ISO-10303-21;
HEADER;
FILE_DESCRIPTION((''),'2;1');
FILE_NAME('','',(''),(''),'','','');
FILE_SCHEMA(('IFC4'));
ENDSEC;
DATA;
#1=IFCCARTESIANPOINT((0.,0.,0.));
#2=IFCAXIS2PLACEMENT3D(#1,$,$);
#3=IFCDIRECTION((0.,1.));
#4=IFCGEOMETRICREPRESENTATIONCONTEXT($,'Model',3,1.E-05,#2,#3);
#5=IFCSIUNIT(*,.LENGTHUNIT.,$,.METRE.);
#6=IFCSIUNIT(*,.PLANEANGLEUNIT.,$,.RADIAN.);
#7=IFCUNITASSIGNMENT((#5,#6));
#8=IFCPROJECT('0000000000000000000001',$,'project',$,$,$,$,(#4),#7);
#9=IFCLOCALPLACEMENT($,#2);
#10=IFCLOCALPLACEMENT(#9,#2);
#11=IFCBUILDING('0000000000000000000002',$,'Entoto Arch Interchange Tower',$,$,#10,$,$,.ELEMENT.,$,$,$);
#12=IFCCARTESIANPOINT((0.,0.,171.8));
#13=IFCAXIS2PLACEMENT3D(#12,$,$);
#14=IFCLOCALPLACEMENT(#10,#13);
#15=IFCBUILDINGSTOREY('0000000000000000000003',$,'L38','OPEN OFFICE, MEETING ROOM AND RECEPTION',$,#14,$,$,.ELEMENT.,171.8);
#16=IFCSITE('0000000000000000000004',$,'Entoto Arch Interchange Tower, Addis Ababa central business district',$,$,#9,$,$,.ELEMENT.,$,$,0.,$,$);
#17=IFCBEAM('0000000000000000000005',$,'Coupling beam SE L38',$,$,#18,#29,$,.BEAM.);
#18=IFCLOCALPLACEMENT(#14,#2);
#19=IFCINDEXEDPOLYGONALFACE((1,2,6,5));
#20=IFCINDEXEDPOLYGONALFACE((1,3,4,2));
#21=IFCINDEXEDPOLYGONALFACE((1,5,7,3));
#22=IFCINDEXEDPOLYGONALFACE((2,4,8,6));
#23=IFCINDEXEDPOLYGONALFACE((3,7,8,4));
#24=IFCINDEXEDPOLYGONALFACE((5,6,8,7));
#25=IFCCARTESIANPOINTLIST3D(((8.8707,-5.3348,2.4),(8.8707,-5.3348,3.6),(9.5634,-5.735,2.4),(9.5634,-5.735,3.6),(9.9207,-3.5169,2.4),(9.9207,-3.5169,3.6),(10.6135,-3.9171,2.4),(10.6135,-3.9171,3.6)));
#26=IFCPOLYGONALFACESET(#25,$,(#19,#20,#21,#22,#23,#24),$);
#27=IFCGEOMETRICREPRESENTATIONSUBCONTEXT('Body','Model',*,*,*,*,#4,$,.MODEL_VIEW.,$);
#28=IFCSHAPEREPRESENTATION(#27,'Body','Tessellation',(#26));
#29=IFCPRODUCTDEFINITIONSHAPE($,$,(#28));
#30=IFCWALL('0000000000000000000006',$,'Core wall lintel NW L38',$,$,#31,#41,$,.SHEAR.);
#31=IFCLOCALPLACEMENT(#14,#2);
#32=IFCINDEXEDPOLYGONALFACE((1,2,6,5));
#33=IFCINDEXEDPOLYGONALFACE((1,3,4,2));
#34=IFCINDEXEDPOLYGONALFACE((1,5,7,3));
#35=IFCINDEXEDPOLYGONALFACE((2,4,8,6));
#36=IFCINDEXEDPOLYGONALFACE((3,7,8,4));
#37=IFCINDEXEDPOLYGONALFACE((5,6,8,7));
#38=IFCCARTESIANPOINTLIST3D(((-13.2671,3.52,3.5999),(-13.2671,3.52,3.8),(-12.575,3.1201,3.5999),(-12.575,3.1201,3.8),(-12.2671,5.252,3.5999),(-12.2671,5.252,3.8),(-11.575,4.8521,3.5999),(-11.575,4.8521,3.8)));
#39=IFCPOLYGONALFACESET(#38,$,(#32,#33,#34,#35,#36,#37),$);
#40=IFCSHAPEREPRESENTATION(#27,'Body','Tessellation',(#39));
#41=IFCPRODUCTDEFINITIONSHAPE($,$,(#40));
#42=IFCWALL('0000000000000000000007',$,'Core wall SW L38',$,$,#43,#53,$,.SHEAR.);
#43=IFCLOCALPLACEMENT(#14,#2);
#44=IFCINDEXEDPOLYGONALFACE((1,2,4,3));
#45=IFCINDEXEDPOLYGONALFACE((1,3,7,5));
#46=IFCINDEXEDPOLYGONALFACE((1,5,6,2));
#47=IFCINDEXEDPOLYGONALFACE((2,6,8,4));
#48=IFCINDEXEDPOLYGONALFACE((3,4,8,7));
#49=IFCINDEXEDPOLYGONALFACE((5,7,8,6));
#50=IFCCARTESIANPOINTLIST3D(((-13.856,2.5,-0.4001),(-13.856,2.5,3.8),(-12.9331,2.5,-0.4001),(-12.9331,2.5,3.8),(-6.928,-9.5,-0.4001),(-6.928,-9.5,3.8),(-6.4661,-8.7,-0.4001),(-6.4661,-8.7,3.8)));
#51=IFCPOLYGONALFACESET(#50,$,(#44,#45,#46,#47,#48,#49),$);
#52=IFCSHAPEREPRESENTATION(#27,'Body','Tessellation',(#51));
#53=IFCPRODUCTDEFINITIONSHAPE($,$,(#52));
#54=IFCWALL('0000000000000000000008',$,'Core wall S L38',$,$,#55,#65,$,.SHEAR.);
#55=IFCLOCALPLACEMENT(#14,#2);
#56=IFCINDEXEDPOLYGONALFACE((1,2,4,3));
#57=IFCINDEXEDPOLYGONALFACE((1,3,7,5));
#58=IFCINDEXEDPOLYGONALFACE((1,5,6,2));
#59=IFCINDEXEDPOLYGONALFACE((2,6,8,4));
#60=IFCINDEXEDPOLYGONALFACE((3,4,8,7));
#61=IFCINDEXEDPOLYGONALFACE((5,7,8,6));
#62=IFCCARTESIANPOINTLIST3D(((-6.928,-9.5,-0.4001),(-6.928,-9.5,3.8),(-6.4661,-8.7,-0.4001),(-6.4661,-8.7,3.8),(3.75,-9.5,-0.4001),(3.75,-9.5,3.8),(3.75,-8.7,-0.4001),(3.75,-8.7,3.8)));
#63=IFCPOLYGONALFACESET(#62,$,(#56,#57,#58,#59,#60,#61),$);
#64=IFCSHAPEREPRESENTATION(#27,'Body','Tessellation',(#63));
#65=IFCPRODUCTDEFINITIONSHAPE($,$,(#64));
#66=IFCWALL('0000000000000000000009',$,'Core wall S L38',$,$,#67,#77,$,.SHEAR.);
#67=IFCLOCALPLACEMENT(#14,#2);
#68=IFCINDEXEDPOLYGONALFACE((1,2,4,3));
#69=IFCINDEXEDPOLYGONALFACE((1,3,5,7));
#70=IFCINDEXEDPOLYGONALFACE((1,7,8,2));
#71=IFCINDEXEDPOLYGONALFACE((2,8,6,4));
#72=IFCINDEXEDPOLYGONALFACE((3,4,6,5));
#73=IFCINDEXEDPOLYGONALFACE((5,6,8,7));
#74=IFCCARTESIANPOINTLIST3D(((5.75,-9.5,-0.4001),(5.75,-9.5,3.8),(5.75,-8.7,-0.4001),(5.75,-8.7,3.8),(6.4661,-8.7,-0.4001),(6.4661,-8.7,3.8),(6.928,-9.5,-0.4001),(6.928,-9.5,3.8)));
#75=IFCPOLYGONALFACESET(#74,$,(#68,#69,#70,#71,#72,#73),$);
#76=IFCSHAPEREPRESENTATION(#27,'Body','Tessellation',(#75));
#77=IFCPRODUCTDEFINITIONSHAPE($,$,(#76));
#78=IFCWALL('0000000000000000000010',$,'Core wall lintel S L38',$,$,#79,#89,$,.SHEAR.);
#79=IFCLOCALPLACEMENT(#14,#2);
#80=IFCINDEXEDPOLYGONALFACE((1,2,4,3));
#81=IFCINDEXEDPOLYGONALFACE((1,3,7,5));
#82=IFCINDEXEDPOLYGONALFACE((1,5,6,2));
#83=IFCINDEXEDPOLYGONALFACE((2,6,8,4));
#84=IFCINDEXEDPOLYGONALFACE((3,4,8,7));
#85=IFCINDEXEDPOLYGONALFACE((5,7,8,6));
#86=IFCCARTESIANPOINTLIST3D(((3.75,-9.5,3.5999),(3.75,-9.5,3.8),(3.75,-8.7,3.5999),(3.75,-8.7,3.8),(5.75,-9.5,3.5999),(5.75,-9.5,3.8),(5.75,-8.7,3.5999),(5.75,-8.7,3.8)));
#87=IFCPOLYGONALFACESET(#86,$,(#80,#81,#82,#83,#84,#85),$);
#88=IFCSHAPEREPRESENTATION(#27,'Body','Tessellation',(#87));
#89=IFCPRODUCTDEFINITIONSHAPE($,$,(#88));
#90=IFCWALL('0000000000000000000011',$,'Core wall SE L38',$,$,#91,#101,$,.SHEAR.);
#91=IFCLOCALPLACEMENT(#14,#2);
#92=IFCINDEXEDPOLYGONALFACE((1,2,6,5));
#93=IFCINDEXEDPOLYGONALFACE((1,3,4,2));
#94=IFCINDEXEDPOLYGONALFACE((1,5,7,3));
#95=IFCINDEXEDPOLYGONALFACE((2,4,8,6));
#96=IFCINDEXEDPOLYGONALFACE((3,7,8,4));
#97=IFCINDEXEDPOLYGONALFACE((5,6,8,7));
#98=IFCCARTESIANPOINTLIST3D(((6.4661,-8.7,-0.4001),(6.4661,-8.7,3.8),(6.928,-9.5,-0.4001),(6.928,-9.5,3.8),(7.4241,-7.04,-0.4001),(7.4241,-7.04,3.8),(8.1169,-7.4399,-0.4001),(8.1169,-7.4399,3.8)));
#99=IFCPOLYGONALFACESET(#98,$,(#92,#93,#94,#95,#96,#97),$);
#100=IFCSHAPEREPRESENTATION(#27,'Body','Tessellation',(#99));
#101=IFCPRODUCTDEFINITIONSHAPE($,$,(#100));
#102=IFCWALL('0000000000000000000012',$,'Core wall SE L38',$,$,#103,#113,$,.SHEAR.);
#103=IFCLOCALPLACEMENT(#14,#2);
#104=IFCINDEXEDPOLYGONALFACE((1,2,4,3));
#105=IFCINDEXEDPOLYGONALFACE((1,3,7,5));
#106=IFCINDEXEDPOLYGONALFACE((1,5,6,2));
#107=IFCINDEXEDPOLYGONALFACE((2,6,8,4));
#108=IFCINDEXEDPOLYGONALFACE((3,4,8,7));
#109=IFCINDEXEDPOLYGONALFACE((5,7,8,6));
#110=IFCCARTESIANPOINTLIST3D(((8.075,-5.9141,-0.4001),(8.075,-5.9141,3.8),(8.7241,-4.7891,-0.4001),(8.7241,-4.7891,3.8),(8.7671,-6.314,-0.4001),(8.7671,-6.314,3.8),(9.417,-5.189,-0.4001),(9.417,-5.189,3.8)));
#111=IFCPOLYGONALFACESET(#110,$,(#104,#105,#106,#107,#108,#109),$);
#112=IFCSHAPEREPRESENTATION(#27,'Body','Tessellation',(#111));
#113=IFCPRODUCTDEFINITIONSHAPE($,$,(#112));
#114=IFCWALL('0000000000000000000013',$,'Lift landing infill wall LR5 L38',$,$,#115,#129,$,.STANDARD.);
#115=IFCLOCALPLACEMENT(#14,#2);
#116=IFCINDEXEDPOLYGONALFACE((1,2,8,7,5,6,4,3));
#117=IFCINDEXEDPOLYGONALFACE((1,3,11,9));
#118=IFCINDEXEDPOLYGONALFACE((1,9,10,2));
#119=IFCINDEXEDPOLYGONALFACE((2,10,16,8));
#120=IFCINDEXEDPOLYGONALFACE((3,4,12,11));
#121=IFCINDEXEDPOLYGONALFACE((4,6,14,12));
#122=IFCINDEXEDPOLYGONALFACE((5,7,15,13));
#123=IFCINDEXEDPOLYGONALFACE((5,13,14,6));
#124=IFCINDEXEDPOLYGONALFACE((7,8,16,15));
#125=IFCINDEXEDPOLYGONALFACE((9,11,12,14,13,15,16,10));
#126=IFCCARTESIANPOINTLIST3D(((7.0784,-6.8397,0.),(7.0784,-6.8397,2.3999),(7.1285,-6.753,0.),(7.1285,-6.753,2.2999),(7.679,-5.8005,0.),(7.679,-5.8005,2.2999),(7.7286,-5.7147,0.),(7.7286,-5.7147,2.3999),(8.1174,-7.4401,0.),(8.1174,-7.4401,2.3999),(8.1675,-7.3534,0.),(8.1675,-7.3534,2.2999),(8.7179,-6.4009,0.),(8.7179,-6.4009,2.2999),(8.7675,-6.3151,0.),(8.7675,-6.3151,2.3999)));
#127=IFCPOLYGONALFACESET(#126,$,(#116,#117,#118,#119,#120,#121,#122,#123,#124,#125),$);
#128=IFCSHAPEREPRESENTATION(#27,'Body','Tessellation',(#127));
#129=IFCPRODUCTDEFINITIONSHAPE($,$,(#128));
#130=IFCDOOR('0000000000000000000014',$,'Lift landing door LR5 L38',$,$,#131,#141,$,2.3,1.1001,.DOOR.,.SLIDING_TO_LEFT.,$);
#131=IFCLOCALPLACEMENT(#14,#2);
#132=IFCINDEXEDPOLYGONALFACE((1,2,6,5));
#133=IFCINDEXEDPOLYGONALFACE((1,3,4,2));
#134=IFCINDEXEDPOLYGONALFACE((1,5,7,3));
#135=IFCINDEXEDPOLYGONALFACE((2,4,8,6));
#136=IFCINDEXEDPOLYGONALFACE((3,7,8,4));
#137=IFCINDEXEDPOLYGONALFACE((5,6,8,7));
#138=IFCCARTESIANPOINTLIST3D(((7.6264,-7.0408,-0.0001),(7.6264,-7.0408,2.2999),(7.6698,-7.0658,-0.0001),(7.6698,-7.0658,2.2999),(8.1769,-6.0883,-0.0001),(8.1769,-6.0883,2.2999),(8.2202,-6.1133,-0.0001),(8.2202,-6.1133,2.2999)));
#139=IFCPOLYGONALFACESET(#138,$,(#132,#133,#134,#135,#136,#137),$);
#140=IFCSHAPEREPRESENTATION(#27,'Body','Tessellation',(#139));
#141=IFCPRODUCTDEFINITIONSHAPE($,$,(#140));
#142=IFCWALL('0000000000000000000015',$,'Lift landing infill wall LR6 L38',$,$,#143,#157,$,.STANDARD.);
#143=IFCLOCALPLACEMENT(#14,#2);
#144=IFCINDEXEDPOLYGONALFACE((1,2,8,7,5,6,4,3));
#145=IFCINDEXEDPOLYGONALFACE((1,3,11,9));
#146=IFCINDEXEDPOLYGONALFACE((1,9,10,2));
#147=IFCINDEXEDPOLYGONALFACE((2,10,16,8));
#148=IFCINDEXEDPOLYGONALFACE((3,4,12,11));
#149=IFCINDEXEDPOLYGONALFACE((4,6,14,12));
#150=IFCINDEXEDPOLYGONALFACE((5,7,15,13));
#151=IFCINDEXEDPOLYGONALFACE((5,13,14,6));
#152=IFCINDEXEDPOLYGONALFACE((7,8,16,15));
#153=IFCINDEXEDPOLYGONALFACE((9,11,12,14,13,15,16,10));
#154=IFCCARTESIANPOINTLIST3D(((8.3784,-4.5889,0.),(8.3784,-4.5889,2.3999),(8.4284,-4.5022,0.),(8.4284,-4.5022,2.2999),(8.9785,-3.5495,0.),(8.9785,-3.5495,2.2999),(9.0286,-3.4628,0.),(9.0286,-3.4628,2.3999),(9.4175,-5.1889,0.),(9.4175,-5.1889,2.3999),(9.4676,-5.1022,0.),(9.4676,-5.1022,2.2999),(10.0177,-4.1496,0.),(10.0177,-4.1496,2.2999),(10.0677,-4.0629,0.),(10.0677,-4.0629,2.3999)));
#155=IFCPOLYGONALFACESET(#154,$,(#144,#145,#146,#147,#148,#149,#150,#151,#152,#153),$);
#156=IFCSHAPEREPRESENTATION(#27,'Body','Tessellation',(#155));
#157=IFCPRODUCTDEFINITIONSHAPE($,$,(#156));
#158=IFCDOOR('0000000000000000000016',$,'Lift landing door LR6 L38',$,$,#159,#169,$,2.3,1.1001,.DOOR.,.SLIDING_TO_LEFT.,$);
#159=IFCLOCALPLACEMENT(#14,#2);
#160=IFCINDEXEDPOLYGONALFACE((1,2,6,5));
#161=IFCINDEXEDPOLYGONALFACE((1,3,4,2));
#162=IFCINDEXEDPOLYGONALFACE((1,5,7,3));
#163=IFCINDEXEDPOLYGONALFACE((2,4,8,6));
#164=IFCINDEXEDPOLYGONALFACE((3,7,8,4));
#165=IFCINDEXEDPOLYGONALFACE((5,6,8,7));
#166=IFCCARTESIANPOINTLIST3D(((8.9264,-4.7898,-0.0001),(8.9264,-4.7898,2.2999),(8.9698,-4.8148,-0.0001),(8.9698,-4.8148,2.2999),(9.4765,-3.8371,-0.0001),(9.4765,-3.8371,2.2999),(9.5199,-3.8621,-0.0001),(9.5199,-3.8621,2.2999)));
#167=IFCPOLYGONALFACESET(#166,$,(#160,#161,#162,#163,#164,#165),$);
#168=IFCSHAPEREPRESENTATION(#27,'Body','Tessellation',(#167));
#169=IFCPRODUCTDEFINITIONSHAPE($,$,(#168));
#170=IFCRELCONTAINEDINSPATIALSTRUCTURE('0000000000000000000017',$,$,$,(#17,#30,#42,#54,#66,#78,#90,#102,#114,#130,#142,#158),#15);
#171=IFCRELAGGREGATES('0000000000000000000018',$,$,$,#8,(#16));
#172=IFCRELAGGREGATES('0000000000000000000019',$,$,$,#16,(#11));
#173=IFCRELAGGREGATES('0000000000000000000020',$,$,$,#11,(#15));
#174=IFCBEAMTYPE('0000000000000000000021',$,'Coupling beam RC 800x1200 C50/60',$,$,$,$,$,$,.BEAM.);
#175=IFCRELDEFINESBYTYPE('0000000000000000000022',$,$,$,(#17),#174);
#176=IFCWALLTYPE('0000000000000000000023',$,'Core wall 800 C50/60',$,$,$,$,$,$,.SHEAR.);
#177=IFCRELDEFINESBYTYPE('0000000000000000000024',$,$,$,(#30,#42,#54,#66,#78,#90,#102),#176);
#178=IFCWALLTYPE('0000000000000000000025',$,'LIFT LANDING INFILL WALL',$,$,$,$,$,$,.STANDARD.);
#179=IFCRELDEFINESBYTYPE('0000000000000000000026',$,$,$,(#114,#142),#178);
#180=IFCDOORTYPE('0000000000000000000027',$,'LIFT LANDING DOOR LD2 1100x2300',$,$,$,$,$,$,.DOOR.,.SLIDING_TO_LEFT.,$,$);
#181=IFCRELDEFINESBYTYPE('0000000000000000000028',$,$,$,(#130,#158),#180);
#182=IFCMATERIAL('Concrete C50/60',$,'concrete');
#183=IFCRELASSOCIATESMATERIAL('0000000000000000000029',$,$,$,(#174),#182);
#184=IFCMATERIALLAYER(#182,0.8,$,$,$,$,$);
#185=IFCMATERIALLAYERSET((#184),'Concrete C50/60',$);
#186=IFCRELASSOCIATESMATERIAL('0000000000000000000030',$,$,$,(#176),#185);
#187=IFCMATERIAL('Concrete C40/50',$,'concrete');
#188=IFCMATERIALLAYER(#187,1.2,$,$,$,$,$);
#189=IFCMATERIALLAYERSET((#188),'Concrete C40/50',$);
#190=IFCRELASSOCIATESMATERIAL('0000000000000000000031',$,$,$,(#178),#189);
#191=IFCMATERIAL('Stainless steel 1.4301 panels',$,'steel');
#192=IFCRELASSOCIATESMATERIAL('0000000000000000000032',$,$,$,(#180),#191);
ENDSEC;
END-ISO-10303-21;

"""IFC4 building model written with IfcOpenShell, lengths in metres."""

from ifc_helpers import new_model, si_unit, direction, frame, frame_2d, origin, origin_2d, place, context, subcontext, project, spatial, polyline, rectangle, outline, extrude, material, layer, layer_set, material_profile, profile_set, type_object, element, fill, save


model = new_model("IFC4")

# Units and contexts
model_context = context("Model", 3, precision=1e-05, world=origin(), true_north=direction((0.0, 1.0)))
body_context = subcontext(model_context, "Body", "Model", "MODEL_VIEW")
ifc_project = project(units=[si_unit("LENGTHUNIT", "METRE"), si_unit("PLANEANGLEUNIT", "RADIAN")], contexts=[model_context])

# Site, building, storey
site_placement = place(None, origin())
site = spatial("IfcSite", under=ifc_project, at=site_placement, Name="Entoto Arch Interchange Tower, Addis Ababa central business district", CompositionType="ELEMENT", RefElevation=0.0)
building_placement = place(site_placement, origin())
building = spatial("IfcBuilding", under=site, at=building_placement, Name="Entoto Arch Interchange Tower", CompositionType="ELEMENT")
storey_placement = place(building_placement, frame((0.0, 0.0, 171.8)))
storey = spatial("IfcBuildingStorey", under=building, at=storey_placement, Name="L38", Description="OPEN OFFICE, MEETING ROOM AND RECEPTION", CompositionType="ELEMENT", Elevation=171.8)

# Beam
ifc_material_1 = material(Name="Concrete C50/60", Category="concrete")
ifc_material_profile = material_profile(ifc_material_1, rectangle(XDim=0.8, YDim=1.2, at=origin_2d()))
ifc_profile_set = profile_set([ifc_material_profile], Name="Concrete C50/60")
beam_type = type_object("IfcBeamType", Name="Coupling beam RC 800x1200 C50/60", PredefinedType="BEAM", material=ifc_profile_set)
beam_placement = place(storey_placement, frame((9.217, -5.5349, 3.0), z_axis=(0.500179, 0.865922, 0.0), x_axis=(-0.865922, 0.500179, 0.0)))
element("IfcBeam", 1, at=beam_placement, inside=storey, type_object=beam_type, Name="Coupling beam SE L38", PredefinedType="BEAM", context=body_context, shape_type="SweptSolid", body=[
    extrude(rectangle(XDim=0.8, YDim=1.2, at=origin_2d()), origin(), (0.0, 0.0, 1.0), 2.0994),
])

# Walls
ifc_layer_1 = layer(ifc_material_1, 0.8)
ifc_layer_set_1 = layer_set([ifc_layer_1], Name="Concrete C50/60")
wall_type_1 = type_object("IfcWallType", Name="Core wall 800 C50/60", PredefinedType="SHEAR", material=ifc_layer_set_1)
wall_1_placement = place(storey_placement, frame((0.0, 0.0, 3.5999)))
element("IfcWall", 2, at=wall_1_placement, inside=storey, type_object=wall_type_1, Name="Core wall lintel NW L38", PredefinedType="SHEAR", context=body_context, shape_type="SweptSolid", body=[
    extrude(outline(polyline([(-13.2671, 3.52), (-12.575, 3.1201), (-11.575, 4.8521), (-12.2671, 5.252), (-13.2671, 3.52)])), origin(), (0.0, 0.0, 1.0), 0.2002),
])
wall_2_placement = place(storey_placement, frame((0.0, 0.0, -0.4001)))
element("IfcWall", 3, at=wall_2_placement, inside=storey, type_object=wall_type_1, Name="Core wall SW L38", PredefinedType="SHEAR", context=body_context, shape_type="SweptSolid", body=[
    extrude(outline(polyline([(-13.856, 2.5), (-6.928, -9.5), (-6.4661, -8.7), (-12.9331, 2.5), (-13.856, 2.5)])), origin(), (0.0, 0.0, 1.0), 4.2002),
])
wall_3_placement = place(storey_placement, frame((0.0, 0.0, -0.4001)))
element("IfcWall", 4, at=wall_3_placement, inside=storey, type_object=wall_type_1, Name="Core wall S L38", PredefinedType="SHEAR", context=body_context, shape_type="SweptSolid", body=[
    extrude(outline(polyline([(3.75, -9.5), (3.75, -8.7), (-6.4661, -8.7), (-6.928, -9.5), (3.75, -9.5)])), origin(), (0.0, 0.0, 1.0), 4.2002),
])
wall_4_placement = place(storey_placement, frame((0.0, 0.0, -0.4001)))
element("IfcWall", 5, at=wall_4_placement, inside=storey, type_object=wall_type_1, Name="Core wall S L38", PredefinedType="SHEAR", context=body_context, shape_type="SweptSolid", body=[
    extrude(outline(polyline([(5.75, -8.7), (5.75, -9.5), (6.928, -9.5), (6.4661, -8.7), (5.75, -8.7)])), origin(), (0.0, 0.0, 1.0), 4.2002),
])
wall_5_placement = place(storey_placement, frame((0.0, 0.0, 3.5999)))
element("IfcWall", 6, at=wall_5_placement, inside=storey, type_object=wall_type_1, Name="Core wall lintel S L38", PredefinedType="SHEAR", context=body_context, shape_type="SweptSolid", body=[
    extrude(outline(polyline([(5.75, -9.5), (5.75, -8.7), (3.75, -8.7), (3.75, -9.5), (5.75, -9.5)])), origin(), (0.0, 0.0, 1.0), 0.2002),
])
wall_6_placement = place(storey_placement, frame((0.0, 0.0, -0.4001)))
element("IfcWall", 7, at=wall_6_placement, inside=storey, type_object=wall_type_1, Name="Core wall SE L38", PredefinedType="SHEAR", context=body_context, shape_type="SweptSolid", body=[
    extrude(outline(polyline([(8.1169, -7.4399), (7.4241, -7.04), (6.4661, -8.7), (6.928, -9.5), (8.1169, -7.4399)])), origin(), (0.0, 0.0, 1.0), 4.2002),
])
wall_7_placement = place(storey_placement, frame((0.0, 0.0, -0.4001)))
element("IfcWall", 8, at=wall_7_placement, inside=storey, type_object=wall_type_1, Name="Core wall SE L38", PredefinedType="SHEAR", context=body_context, shape_type="SweptSolid", body=[
    extrude(outline(polyline([(9.417, -5.189), (8.7241, -4.7891), (8.075, -5.9141), (8.7671, -6.314), (9.417, -5.189)])), origin(), (0.0, 0.0, 1.0), 4.2002),
])

# Walls, openings, doors
ifc_material_2 = material(Name="Concrete C40/50", Category="concrete")
ifc_layer_2 = layer(ifc_material_2, 1.2)
ifc_layer_set_2 = layer_set([ifc_layer_2], Name="Concrete C40/50")
wall_type_2 = type_object("IfcWallType", Name="LIFT LANDING INFILL WALL", PredefinedType="STANDARD", material=ifc_layer_set_2)
wall_8_placement = place(storey_placement, frame((7.5979, -7.1399, 0.0), z_axis=(0.0, 0.0, 1.0), x_axis=(0.500362, 0.865816, 0.0)))
wall_8 = element("IfcWall", 9, at=wall_8_placement, inside=storey, type_object=wall_type_2, Name="Lift landing infill wall LR5 L38", PredefinedType="STANDARD", context=body_context, shape_type="SweptSolid", body=[
    extrude(rectangle(XDim=1.2993, YDim=1.2, at=frame_2d((0.6497, 0.0))), origin(), (0.0, 0.0, 1.0), 2.3999),
])
opening_1_placement = place(wall_8_placement, frame((0.1001, 0.0, 0.0)))
opening_1 = element("IfcOpeningElement", 10, at=opening_1_placement, cuts=wall_8, PredefinedType="OPENING", context=body_context, shape_type="SweptSolid", body=[
    extrude(rectangle(XDim=1.1001, YDim=2.3, at=frame_2d((0.55, 1.1499))), frame((0.0, 0.6099, 0.0), z_axis=(0.0, -1.0, 0.0), x_axis=(1.0, 0.0, 0.0)), (0.0, 0.0, 1.0), 1.22),
])
ifc_material_3 = material(Name="Stainless steel 1.4301 panels", Category="steel")
door_type_1 = type_object("IfcDoorType", Name="LIFT LANDING DOOR LD2 1100x2300", OperationType="SLIDING_TO_LEFT", PredefinedType="DOOR", material=ifc_material_3)
door_1_placement = place(opening_1_placement, origin())
door_1 = element("IfcDoor", 11, at=door_1_placement, inside=storey, type_object=door_type_1, Name="Lift landing door LR5 L38", OperationType="SLIDING_TO_LEFT", OverallHeight=2.3, OverallWidth=1.1001, PredefinedType="DOOR", context=body_context, shape_type="SweptSolid", body=[
    extrude(rectangle(XDim=1.1001, YDim=2.3, at=frame_2d((0.55, 1.1499))), frame((0.0, 0.0249, 0.0), z_axis=(0.0, -1.0, 0.0), x_axis=(1.0, 0.0, 0.0)), (0.0, 0.0, 1.0), 0.05),
])
fill(opening_1, door_1)
wall_9_placement = place(storey_placement, frame((8.8979, -4.8889, 0.0), z_axis=(0.0, 0.0, 1.0), x_axis=(0.500037, 0.866004, 0.0)))
wall_9 = element("IfcWall", 12, at=wall_9_placement, inside=storey, type_object=wall_type_2, Name="Lift landing infill wall LR6 L38", PredefinedType="STANDARD", context=body_context, shape_type="SweptSolid", body=[
    extrude(rectangle(XDim=1.3003, YDim=1.2, at=frame_2d((0.6501, 0.0))), origin(), (0.0, 0.0, 1.0), 2.3999),
])
opening_2_placement = place(wall_9_placement, frame((0.1001, 0.0, 0.0)))
opening_2 = element("IfcOpeningElement", 13, at=opening_2_placement, cuts=wall_9, PredefinedType="OPENING", context=body_context, shape_type="SweptSolid", body=[
    extrude(rectangle(XDim=1.1001, YDim=2.3, at=frame_2d((0.55, 1.1499))), frame((0.0, 0.6099, 0.0), z_axis=(0.0, -1.0, 0.0), x_axis=(1.0, 0.0, 0.0)), (0.0, 0.0, 1.0), 1.22),
])
door_2_placement = place(opening_2_placement, origin())
door_2 = element("IfcDoor", 14, at=door_2_placement, inside=storey, type_object=door_type_1, Name="Lift landing door LR6 L38", OperationType="SLIDING_TO_LEFT", OverallHeight=2.3, OverallWidth=1.1001, PredefinedType="DOOR", context=body_context, shape_type="SweptSolid", body=[
    extrude(rectangle(XDim=1.1001, YDim=2.3, at=frame_2d((0.55, 1.1499))), frame((0.0, 0.0249, 0.0), z_axis=(0.0, -1.0, 0.0), x_axis=(1.0, 0.0, 0.0)), (0.0, 0.0, 1.0), 0.05),
])
fill(opening_2, door_2)

save(model, "model.ifc")
